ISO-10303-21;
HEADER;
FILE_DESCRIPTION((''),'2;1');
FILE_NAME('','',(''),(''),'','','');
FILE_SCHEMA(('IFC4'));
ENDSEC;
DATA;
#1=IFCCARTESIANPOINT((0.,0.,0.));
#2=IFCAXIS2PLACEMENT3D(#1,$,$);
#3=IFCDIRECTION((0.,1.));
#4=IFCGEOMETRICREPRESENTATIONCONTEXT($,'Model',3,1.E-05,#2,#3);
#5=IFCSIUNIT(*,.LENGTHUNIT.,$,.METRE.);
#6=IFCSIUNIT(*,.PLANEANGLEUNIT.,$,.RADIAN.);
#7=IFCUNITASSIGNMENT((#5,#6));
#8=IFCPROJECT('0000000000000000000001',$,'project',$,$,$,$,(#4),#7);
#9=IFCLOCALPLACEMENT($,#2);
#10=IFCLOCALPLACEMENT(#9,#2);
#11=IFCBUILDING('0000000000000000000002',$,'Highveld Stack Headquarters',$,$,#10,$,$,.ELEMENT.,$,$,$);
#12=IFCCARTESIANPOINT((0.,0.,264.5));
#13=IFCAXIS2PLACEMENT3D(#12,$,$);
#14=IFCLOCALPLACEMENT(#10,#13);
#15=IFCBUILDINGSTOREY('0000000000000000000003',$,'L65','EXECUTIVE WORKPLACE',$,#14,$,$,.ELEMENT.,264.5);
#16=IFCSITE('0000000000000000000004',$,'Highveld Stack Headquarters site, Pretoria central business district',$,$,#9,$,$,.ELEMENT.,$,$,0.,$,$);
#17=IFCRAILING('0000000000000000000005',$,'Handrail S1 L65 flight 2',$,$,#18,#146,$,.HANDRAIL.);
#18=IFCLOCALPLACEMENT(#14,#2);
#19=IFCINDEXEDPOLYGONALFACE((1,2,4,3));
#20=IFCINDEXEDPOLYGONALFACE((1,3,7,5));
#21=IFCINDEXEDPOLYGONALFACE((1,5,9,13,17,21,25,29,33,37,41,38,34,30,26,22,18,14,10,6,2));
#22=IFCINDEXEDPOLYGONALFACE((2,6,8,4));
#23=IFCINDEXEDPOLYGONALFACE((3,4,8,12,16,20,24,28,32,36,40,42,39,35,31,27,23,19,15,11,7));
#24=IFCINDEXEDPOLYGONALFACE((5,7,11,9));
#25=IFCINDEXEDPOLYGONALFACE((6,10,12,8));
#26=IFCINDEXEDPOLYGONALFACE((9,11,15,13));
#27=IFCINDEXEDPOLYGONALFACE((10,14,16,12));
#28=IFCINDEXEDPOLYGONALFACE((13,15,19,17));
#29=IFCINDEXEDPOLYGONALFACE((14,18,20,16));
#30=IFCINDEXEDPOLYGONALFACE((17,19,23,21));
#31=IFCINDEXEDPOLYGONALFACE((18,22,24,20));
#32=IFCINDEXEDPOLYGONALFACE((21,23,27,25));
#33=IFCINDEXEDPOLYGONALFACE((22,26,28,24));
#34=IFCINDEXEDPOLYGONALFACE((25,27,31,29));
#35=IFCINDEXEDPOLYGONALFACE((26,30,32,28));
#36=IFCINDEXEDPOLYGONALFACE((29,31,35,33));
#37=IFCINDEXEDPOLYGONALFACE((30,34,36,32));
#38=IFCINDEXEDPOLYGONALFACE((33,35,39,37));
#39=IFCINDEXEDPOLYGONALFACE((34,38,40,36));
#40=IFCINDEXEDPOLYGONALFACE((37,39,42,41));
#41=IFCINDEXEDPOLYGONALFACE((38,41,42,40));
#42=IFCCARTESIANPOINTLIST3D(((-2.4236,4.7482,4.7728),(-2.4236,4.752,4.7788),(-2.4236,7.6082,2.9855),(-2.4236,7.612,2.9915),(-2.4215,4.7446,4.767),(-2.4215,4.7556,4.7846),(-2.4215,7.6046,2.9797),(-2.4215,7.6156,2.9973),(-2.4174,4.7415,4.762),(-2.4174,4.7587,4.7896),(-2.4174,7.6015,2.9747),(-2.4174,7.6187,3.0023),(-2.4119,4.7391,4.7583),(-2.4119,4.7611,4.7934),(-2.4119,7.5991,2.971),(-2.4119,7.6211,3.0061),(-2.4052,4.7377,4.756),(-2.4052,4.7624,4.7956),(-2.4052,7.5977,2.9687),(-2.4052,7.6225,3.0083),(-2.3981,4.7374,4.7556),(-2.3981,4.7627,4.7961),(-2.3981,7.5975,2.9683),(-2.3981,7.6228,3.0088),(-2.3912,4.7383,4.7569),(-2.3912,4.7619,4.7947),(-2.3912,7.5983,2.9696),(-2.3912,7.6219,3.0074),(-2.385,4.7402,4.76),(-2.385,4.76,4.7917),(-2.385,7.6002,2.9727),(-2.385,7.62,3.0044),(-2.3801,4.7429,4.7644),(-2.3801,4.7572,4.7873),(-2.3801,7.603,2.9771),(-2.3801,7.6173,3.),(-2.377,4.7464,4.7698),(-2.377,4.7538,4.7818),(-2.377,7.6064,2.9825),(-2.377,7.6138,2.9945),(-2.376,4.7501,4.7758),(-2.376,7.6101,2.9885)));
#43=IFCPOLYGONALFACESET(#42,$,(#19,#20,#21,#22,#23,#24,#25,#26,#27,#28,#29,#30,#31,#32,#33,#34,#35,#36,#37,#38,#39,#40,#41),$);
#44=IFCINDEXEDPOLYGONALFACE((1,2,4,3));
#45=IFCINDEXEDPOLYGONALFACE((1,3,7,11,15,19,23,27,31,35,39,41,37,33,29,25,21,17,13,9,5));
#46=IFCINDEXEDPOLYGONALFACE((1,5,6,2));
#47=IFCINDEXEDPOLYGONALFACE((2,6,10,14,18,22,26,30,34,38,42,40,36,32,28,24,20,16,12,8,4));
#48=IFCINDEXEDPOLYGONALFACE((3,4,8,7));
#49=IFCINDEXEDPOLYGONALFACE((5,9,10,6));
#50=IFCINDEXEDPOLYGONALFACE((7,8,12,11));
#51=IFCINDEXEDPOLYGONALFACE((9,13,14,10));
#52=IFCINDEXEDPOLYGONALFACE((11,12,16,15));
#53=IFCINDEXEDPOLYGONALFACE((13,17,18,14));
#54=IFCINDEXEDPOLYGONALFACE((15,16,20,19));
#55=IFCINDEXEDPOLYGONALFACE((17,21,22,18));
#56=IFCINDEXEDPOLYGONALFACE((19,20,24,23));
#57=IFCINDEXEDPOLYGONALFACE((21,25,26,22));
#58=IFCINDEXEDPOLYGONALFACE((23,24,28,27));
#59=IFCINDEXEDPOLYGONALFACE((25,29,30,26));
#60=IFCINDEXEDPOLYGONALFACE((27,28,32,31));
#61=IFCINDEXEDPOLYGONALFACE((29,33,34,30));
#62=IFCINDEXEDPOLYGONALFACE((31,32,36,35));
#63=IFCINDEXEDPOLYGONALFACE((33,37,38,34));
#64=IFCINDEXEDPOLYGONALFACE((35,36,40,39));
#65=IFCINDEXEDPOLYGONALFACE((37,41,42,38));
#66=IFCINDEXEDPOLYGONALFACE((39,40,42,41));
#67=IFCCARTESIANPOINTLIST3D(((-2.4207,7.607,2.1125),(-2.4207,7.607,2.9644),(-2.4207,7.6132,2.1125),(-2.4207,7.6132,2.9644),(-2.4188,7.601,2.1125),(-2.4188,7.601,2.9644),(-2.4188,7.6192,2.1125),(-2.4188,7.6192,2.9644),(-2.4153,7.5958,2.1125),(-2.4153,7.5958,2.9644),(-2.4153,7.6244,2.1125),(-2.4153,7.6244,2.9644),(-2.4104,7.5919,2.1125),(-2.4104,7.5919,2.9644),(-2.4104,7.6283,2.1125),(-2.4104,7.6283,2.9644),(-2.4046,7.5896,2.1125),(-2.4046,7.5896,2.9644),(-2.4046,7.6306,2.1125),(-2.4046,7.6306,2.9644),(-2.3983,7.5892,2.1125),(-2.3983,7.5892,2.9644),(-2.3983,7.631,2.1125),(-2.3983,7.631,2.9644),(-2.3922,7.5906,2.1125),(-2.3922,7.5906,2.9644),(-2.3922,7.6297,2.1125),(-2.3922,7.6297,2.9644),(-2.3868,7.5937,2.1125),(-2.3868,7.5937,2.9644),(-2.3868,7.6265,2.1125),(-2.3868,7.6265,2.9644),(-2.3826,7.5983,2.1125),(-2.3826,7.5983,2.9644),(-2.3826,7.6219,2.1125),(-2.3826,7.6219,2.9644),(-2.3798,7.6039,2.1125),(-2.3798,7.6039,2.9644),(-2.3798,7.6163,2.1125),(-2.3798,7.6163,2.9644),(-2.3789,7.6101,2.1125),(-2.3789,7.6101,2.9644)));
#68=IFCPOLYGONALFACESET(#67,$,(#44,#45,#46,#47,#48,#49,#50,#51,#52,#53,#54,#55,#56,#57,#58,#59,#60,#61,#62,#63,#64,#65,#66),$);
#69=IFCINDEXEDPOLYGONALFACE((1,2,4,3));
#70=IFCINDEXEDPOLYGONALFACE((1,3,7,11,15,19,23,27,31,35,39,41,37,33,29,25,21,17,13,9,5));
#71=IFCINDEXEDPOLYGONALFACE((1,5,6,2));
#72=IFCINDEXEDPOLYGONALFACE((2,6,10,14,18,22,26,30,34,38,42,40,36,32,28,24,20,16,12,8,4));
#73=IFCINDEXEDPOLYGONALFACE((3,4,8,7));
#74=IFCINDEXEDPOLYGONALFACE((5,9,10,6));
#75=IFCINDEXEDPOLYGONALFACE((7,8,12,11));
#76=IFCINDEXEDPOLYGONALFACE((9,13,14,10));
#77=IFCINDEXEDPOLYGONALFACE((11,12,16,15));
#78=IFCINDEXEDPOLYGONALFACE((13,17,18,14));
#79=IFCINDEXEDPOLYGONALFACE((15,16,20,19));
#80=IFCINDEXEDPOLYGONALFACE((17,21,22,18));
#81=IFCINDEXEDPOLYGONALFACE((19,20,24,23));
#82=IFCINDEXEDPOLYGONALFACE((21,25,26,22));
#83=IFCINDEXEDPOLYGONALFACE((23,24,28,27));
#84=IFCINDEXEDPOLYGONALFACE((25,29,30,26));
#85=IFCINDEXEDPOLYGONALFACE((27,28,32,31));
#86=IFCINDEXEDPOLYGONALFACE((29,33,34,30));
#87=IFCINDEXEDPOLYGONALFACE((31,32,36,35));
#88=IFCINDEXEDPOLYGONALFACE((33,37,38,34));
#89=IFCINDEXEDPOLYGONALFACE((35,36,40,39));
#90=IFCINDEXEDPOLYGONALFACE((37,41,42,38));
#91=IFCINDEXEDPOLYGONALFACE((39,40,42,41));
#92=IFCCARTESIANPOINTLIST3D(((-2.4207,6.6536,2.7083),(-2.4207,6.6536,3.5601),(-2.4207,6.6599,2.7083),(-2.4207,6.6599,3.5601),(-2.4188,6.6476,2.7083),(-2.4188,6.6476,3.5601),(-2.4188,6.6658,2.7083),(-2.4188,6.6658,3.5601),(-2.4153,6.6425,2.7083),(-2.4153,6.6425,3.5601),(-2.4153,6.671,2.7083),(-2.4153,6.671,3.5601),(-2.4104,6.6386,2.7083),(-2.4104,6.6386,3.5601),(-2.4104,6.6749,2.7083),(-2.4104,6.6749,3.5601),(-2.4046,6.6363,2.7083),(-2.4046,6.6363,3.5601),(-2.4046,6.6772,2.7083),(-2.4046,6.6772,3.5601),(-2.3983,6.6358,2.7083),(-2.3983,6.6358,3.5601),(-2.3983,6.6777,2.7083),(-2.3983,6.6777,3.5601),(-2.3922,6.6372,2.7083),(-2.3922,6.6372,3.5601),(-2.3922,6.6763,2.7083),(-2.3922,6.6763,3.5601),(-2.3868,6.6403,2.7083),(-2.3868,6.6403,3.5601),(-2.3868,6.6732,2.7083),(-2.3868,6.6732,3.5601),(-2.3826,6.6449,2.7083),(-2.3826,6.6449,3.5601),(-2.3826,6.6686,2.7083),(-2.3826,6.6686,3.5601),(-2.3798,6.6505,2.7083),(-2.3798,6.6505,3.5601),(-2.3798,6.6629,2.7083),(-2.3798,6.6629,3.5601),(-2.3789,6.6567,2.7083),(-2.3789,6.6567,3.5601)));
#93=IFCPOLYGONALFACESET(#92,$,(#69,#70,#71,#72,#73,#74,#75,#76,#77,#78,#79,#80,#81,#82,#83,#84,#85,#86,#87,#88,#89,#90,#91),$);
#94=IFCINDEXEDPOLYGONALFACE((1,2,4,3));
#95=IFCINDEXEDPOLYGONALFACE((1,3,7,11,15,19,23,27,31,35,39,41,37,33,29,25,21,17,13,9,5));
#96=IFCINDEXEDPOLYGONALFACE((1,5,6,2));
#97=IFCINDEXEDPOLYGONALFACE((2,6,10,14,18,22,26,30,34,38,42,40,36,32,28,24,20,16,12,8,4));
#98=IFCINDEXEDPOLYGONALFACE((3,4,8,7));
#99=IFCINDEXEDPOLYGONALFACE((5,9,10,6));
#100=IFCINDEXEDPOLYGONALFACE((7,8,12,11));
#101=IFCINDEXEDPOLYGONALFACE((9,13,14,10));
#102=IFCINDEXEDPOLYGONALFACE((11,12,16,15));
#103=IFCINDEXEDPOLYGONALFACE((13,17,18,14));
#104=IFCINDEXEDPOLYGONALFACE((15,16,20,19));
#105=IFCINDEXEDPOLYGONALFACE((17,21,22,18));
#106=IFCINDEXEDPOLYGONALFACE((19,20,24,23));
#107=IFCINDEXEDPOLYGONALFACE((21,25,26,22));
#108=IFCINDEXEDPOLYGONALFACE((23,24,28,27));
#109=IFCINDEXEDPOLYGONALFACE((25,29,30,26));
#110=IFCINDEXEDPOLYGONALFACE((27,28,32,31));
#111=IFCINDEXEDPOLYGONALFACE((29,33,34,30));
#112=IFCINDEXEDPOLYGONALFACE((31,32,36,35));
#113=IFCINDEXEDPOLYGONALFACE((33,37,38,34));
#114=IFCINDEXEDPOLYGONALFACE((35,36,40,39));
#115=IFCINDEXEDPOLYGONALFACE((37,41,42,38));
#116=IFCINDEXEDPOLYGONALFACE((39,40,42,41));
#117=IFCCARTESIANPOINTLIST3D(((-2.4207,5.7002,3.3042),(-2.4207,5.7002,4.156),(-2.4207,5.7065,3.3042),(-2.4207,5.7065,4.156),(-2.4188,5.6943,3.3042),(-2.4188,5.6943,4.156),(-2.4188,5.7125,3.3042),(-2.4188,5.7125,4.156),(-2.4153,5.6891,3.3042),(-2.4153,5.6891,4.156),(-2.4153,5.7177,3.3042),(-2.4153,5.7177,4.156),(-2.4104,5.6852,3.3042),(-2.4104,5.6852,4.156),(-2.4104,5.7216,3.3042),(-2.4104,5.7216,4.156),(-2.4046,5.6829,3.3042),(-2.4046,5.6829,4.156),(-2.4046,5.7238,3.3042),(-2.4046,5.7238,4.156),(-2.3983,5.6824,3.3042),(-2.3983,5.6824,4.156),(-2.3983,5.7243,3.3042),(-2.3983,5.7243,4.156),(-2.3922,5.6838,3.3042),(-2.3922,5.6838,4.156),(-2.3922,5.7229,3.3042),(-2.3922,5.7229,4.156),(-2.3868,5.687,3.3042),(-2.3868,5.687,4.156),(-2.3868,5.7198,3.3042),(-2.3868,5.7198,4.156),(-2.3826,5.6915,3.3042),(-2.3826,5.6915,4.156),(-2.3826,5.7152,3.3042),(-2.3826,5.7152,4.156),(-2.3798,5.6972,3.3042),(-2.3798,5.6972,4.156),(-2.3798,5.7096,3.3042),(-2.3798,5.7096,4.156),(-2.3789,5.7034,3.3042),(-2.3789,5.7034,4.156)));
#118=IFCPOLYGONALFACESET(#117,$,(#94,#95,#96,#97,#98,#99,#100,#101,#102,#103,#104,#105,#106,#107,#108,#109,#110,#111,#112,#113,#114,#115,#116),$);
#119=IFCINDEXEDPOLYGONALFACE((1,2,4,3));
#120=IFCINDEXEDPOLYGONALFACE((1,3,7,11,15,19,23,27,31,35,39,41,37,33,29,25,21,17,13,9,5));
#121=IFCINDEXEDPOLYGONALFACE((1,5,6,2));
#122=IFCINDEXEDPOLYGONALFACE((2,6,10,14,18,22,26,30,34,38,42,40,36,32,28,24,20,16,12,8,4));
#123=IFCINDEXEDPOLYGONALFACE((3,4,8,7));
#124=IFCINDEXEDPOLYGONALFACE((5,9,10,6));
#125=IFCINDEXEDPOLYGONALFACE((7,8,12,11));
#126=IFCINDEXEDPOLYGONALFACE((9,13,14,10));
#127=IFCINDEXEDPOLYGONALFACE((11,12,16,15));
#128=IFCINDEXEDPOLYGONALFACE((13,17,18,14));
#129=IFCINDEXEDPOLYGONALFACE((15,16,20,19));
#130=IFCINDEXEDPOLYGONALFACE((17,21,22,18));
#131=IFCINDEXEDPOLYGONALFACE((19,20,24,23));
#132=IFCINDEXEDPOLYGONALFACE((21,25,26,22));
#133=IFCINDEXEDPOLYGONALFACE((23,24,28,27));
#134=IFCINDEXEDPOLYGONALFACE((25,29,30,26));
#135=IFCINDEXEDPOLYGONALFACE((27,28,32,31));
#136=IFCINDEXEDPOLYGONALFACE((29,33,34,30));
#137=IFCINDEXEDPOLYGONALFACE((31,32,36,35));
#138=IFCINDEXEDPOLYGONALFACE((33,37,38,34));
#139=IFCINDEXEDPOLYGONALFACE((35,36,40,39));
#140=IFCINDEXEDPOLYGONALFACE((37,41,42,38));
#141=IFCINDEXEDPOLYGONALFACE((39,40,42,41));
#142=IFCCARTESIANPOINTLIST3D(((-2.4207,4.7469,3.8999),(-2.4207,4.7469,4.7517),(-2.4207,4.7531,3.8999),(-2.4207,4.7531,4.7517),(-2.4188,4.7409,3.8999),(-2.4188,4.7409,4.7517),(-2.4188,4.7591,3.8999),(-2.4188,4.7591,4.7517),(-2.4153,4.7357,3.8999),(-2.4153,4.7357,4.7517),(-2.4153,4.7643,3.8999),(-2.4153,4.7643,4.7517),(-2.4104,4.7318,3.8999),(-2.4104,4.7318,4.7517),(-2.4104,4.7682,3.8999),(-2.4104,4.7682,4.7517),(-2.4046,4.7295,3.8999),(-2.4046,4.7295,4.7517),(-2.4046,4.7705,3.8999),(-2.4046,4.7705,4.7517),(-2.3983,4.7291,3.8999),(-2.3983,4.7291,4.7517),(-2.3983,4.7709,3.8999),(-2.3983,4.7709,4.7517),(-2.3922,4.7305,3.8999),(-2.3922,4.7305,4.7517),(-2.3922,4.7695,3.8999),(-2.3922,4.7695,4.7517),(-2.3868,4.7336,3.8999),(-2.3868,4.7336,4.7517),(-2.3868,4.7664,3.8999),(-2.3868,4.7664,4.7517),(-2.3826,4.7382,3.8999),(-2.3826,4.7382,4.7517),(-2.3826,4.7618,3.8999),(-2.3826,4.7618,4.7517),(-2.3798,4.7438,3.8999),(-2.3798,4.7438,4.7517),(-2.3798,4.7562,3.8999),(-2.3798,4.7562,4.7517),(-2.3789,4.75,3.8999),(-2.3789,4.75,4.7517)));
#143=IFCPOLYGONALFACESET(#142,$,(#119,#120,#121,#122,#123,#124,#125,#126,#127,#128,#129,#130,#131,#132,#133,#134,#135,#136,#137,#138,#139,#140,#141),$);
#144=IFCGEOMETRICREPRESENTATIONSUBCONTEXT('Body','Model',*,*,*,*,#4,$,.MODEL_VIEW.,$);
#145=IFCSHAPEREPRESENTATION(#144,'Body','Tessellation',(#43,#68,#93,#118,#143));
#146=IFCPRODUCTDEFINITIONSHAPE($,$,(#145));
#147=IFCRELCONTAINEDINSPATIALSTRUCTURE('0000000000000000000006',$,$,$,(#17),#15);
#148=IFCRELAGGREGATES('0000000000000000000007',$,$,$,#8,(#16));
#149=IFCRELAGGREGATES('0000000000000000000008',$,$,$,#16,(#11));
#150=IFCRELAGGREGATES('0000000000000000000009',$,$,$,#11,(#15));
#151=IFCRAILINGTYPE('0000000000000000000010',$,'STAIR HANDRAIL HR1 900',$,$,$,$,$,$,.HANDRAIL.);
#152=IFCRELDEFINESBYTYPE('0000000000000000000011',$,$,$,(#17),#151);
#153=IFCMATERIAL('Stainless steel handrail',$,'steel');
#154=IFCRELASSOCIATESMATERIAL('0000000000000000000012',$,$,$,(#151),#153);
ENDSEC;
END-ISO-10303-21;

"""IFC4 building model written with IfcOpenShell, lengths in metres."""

from ifc_helpers import new_model, si_unit, direction, frame, origin, origin_2d, place, context, subcontext, project, spatial, circle, extrude, material, type_object, element, save


model = new_model("IFC4")

# Units and contexts
model_context = context("Model", 3, precision=1e-05, world=origin(), true_north=direction((0.0, 1.0)))
body_context = subcontext(model_context, "Body", "Model", "MODEL_VIEW")
ifc_project = project(units=[si_unit("LENGTHUNIT", "METRE"), si_unit("PLANEANGLEUNIT", "RADIAN")], contexts=[model_context])

# Site, building, storey
site_placement = place(None, origin())
site = spatial("IfcSite", under=ifc_project, at=site_placement, Name="Highveld Stack Headquarters site, Pretoria central business district", CompositionType="ELEMENT", RefElevation=0.0)
building_placement = place(site_placement, origin())
building = spatial("IfcBuilding", under=site, at=building_placement, Name="Highveld Stack Headquarters", CompositionType="ELEMENT")
storey_placement = place(building_placement, frame((0.0, 0.0, 264.5)))
storey = spatial("IfcBuildingStorey", under=building, at=storey_placement, Name="L65", Description="EXECUTIVE WORKPLACE", CompositionType="ELEMENT", Elevation=264.5)

# Railing
ifc_material_1 = material(Name="Stainless steel handrail", Category="steel")
railing_type = type_object("IfcRailingType", Name="STAIR HANDRAIL HR1 900", PredefinedType="HANDRAIL", material=ifc_material_1)
for number, where, name in (
    (1, (-2.3999, 7.6101, 2.1125), "Handrail S1 L65 flight 2"),
):
    element("IfcRailing", number, at=place(storey_placement, frame(where)), inside=storey, type_object=railing_type, Name=name, PredefinedType="HANDRAIL", context=body_context, shape_type="SweptSolid", body=[
        extrude(circle(Radius=0.0239, at=origin_2d()), frame((0.0, 0.0, 0.876), z_axis=(0.0, -0.848027, 0.529953), x_axis=(1.0, 0.0, 0.0)), (0.0, 0.0, 1.0), 3.3726),
        extrude(circle(Radius=0.021, at=origin_2d()), origin(), (0.0, 0.0, 1.0), 0.8518),
        extrude(circle(Radius=0.021, at=origin_2d()), frame((0.0, -0.9534, 0.5957)), (0.0, 0.0, 1.0), 0.8518),
        extrude(circle(Radius=0.021, at=origin_2d()), frame((0.0, -1.9067, 1.1917)), (0.0, 0.0, 1.0), 0.8518),
        extrude(circle(Radius=0.021, at=origin_2d()), frame((0.0, -2.8601, 1.7874)), (0.0, 0.0, 1.0), 0.8518),
    ])

save(model, "model.ifc")
